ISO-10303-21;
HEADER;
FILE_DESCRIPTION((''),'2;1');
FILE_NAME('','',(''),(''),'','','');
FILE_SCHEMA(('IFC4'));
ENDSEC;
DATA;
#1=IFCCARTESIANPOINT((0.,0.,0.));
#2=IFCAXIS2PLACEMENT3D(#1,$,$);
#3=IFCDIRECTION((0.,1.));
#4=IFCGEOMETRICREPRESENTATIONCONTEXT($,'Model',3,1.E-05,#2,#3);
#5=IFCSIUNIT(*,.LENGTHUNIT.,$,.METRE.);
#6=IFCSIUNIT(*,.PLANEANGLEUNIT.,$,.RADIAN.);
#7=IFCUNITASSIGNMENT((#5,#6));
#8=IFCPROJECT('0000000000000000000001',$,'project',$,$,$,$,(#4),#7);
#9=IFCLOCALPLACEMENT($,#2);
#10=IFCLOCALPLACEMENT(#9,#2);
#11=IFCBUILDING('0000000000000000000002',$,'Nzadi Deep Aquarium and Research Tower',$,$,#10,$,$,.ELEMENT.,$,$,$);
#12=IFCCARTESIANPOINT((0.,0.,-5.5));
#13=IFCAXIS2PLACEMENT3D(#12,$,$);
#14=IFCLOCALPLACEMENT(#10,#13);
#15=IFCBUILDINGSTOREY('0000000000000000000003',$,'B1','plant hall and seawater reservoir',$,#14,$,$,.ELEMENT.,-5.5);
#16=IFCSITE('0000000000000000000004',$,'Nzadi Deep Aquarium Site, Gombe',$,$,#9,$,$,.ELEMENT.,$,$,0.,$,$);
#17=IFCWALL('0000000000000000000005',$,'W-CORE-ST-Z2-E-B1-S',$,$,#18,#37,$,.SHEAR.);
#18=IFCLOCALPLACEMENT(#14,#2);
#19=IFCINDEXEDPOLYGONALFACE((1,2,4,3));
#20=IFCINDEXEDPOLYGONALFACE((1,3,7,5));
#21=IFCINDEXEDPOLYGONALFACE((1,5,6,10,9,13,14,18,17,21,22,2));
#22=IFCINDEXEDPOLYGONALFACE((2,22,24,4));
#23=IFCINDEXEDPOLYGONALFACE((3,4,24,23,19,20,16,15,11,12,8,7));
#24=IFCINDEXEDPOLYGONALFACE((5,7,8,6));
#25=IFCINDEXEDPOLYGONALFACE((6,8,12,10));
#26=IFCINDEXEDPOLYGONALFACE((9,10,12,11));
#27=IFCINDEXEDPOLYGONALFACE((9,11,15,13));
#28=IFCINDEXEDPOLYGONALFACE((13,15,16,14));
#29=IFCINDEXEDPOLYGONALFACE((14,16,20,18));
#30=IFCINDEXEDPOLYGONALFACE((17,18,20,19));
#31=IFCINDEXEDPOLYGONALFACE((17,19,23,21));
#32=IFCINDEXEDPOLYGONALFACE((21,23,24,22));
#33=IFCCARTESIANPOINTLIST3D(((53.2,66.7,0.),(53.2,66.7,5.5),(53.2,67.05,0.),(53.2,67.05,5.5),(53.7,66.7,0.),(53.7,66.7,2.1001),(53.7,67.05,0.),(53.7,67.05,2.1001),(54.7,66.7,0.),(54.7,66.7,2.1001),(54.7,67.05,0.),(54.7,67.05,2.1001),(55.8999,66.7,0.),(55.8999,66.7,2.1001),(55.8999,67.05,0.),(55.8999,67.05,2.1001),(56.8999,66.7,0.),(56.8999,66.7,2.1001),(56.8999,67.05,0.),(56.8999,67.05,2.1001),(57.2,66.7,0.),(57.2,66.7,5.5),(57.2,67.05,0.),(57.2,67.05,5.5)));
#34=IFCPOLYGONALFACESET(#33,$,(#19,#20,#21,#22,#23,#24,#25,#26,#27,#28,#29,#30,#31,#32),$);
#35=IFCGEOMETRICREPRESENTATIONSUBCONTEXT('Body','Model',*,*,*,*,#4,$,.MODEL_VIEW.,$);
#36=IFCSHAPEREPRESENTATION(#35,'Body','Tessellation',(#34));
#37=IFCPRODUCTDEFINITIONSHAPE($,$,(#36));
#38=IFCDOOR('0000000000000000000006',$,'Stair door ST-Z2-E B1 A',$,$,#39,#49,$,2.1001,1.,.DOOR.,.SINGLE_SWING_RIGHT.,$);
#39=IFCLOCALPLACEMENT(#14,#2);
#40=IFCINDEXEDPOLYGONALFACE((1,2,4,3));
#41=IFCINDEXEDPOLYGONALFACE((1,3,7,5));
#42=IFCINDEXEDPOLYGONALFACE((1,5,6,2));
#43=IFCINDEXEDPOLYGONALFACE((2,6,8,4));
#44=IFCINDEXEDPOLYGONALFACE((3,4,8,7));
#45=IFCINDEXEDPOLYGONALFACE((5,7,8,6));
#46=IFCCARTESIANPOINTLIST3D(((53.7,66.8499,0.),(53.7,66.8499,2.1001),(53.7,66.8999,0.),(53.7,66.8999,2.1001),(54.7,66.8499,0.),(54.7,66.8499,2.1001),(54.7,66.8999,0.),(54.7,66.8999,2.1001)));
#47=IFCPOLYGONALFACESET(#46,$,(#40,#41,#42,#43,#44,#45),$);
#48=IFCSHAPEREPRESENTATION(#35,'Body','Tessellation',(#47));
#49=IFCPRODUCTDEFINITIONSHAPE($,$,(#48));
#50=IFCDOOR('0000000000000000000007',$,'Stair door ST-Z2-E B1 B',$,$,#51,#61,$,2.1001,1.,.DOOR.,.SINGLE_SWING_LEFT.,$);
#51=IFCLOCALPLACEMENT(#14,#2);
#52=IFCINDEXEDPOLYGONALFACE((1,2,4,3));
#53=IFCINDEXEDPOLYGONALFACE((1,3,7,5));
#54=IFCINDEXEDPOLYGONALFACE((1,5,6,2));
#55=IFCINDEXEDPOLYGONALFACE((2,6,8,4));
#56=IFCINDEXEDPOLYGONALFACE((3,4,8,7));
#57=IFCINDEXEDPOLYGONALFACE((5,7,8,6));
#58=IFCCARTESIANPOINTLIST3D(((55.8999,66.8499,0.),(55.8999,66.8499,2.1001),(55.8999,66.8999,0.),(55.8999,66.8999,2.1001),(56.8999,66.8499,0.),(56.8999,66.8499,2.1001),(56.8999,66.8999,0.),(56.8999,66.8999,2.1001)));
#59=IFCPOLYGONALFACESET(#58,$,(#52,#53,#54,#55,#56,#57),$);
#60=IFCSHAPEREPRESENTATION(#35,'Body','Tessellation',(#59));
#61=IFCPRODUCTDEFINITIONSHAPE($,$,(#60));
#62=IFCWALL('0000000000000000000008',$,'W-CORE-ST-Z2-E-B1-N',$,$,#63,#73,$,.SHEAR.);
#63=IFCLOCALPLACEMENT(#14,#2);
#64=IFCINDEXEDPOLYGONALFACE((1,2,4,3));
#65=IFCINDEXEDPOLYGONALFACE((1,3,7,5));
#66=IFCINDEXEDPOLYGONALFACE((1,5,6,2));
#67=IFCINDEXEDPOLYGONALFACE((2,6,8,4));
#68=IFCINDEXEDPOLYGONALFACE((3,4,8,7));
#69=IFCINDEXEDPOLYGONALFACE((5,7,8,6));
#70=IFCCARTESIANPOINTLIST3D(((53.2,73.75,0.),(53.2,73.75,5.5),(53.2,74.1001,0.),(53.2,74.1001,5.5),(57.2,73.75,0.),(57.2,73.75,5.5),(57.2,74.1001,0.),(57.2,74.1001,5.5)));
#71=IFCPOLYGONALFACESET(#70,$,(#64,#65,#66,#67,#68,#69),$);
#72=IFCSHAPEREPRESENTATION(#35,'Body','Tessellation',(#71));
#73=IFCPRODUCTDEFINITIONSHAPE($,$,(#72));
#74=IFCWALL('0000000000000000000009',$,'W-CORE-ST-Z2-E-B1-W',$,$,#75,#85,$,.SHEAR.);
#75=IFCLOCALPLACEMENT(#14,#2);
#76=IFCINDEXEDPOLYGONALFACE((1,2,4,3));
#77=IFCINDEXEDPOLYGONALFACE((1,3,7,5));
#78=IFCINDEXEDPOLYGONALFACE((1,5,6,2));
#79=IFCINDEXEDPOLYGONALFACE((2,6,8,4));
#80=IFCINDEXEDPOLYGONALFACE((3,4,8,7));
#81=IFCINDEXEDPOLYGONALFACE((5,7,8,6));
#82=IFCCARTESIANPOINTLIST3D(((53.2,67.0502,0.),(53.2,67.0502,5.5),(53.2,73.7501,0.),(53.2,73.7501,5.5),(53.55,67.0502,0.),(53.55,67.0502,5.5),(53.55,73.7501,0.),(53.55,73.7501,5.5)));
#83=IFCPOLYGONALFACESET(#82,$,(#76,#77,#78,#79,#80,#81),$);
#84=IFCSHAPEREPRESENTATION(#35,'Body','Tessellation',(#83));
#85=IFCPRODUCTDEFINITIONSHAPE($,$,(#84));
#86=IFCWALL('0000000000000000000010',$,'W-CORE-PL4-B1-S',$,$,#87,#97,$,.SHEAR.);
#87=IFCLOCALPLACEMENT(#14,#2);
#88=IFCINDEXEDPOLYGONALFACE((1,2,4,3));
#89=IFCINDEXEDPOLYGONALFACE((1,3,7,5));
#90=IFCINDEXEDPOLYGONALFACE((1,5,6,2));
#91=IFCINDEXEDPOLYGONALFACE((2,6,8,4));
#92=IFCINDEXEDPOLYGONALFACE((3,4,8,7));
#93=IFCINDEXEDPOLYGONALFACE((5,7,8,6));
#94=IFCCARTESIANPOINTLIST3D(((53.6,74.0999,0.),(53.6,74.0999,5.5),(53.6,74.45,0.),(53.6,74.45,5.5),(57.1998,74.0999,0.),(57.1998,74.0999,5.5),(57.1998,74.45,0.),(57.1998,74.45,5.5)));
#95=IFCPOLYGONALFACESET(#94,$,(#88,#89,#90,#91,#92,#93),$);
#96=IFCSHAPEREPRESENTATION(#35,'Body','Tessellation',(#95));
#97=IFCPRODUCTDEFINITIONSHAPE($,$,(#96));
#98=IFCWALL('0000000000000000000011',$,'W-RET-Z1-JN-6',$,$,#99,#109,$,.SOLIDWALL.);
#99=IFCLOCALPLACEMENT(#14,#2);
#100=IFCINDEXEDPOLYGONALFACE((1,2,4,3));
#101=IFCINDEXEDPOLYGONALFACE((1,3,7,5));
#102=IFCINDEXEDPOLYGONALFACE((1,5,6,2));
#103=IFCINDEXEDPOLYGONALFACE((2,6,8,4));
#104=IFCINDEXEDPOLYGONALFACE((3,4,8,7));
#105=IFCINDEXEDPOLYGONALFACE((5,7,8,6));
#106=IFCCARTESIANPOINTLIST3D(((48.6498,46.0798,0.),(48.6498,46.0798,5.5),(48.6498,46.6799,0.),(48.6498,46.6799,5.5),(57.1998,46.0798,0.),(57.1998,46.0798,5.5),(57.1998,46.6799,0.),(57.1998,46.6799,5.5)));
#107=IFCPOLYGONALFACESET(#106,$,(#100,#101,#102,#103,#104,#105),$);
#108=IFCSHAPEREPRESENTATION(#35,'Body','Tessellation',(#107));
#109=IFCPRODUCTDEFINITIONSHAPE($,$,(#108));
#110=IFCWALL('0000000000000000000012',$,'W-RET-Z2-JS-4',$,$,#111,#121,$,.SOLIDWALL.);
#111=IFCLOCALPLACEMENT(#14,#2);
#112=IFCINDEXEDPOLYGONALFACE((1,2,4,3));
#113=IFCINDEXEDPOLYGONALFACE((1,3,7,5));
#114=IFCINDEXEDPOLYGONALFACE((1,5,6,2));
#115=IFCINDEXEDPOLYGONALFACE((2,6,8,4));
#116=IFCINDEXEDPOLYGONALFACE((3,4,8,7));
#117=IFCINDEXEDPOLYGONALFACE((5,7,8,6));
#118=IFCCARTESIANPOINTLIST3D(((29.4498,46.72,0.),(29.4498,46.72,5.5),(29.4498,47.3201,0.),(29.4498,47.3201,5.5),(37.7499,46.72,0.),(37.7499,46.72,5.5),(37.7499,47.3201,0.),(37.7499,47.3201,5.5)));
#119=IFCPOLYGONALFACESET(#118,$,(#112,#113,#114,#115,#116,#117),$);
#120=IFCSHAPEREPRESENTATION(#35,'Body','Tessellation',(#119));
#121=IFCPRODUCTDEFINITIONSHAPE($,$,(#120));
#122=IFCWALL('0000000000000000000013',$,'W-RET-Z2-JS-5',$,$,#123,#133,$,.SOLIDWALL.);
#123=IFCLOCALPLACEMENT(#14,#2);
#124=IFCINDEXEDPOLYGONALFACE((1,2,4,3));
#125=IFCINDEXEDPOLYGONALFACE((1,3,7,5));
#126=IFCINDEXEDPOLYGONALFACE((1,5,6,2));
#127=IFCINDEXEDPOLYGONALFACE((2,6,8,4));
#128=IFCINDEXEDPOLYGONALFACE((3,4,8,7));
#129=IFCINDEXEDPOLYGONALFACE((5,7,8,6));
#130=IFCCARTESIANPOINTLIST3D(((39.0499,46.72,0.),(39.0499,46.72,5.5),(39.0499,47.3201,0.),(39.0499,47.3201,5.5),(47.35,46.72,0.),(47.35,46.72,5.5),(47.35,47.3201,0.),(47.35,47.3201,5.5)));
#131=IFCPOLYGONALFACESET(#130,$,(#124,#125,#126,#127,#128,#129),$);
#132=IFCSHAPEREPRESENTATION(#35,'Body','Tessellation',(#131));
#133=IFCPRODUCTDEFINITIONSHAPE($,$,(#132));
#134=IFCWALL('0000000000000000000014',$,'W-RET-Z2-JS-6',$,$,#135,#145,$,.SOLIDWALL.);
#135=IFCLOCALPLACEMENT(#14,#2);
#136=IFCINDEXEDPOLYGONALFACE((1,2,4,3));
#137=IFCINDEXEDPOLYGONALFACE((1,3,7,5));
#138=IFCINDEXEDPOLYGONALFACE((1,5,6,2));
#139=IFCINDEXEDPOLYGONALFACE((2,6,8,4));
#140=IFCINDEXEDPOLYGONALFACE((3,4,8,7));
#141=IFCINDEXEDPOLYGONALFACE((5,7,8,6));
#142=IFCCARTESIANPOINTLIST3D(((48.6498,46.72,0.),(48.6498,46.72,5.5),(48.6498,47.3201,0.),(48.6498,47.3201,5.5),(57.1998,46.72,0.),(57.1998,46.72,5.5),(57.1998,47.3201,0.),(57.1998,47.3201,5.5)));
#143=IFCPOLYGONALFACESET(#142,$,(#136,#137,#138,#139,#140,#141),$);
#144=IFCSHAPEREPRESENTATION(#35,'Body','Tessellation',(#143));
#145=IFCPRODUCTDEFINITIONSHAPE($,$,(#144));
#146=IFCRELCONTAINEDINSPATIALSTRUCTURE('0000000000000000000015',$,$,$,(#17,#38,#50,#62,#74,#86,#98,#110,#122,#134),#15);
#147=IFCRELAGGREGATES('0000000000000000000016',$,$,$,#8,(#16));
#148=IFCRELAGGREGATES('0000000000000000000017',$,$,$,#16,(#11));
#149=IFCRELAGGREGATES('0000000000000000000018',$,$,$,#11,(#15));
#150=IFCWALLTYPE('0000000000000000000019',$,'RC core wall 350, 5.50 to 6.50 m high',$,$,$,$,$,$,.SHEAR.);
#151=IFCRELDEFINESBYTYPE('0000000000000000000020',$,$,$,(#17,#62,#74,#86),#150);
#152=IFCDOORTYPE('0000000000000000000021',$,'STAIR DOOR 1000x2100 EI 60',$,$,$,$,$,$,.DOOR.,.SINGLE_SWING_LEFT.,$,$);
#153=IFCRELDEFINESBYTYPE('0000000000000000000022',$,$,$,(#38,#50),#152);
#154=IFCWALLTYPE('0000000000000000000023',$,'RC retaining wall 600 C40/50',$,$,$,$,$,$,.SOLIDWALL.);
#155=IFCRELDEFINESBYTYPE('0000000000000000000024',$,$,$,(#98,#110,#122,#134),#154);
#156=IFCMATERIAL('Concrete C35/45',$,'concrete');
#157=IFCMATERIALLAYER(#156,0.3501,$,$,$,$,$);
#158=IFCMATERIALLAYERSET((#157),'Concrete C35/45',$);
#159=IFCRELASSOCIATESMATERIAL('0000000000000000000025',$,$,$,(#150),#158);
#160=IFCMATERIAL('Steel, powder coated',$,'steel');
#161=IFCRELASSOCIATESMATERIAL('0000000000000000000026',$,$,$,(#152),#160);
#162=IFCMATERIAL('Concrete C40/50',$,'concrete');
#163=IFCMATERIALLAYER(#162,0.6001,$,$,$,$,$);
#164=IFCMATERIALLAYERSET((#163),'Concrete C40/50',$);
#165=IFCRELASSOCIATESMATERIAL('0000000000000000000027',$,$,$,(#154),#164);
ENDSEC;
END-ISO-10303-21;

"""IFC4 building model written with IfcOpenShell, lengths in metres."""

from ifc_helpers import new_model, si_unit, direction, frame, frame_2d, origin, place, context, subcontext, project, spatial, rectangle, extrude, material, layer, layer_set, type_object, element, fill, save


model = new_model("IFC4")

# Units and contexts
model_context = context("Model", 3, precision=1e-05, world=origin(), true_north=direction((0.0, 1.0)))
body_context = subcontext(model_context, "Body", "Model", "MODEL_VIEW")
ifc_project = project(units=[si_unit("LENGTHUNIT", "METRE"), si_unit("PLANEANGLEUNIT", "RADIAN")], contexts=[model_context])

# Site, building, storey
site_placement = place(None, origin())
site = spatial("IfcSite", under=ifc_project, at=site_placement, Name="Nzadi Deep Aquarium Site, Gombe", CompositionType="ELEMENT", RefElevation=0.0)
building_placement = place(site_placement, origin())
building = spatial("IfcBuilding", under=site, at=building_placement, Name="Nzadi Deep Aquarium and Research Tower", CompositionType="ELEMENT")
storey_placement = place(building_placement, frame((0.0, 0.0, -5.5)))
storey = spatial("IfcBuildingStorey", under=building, at=storey_placement, Name="B1", Description="plant hall and seawater reservoir", CompositionType="ELEMENT", Elevation=-5.5)

# Wall, openings, doors
ifc_material_1 = material(Name="Concrete C35/45", Category="concrete")
ifc_layer_1 = layer(ifc_material_1, 0.3501)
ifc_layer_set_1 = layer_set([ifc_layer_1], Name="Concrete C35/45")
wall_type_1 = type_object("IfcWallType", Name="RC core wall 350, 5.50 to 6.50 m high", PredefinedType="SHEAR", material=ifc_layer_set_1)
wall_1_placement = place(storey_placement, frame((53.2, 66.875, 0.0), z_axis=(0.0, 0.0, 1.0), x_axis=(1.0, 0.0, 0.0)))
wall_1 = element("IfcWall", 1, at=wall_1_placement, inside=storey, type_object=wall_type_1, Name="W-CORE-ST-Z2-E-B1-S", PredefinedType="SHEAR", context=body_context, shape_type="SweptSolid", body=[
    extrude(rectangle(XDim=4.0, YDim=0.3501, at=frame_2d((2.0, 0.0))), origin(), (0.0, 0.0, 1.0), 5.5),
])
opening_1_placement = place(wall_1_placement, frame((0.5, 0.0, 0.0)))
opening_1 = element("IfcOpeningElement", 2, at=opening_1_placement, cuts=wall_1, PredefinedType="OPENING", context=body_context, shape_type="SweptSolid", body=[
    extrude(rectangle(XDim=1.0, YDim=2.1001, at=frame_2d((0.5, 1.05))), frame((0.0, 0.1851, 0.0), z_axis=(0.0, -1.0, 0.0), x_axis=(1.0, 0.0, 0.0)), (0.0, 0.0, 1.0), 0.3701),
])
opening_2_placement = place(wall_1_placement, frame((2.7, 0.0, 0.0)))
opening_2 = element("IfcOpeningElement", 3, at=opening_2_placement, cuts=wall_1, PredefinedType="OPENING", context=body_context, shape_type="SweptSolid", body=[
    extrude(rectangle(XDim=1.0, YDim=2.1001, at=frame_2d((0.5, 1.05))), frame((0.0, 0.1851, 0.0), z_axis=(0.0, -1.0, 0.0), x_axis=(1.0, 0.0, 0.0)), (0.0, 0.0, 1.0), 0.3701),
])
ifc_material_2 = material(Name="Steel, powder coated", Category="steel")
door_type = type_object("IfcDoorType", Name="STAIR DOOR 1000x2100 EI 60", OperationType="SINGLE_SWING_LEFT", PredefinedType="DOOR", material=ifc_material_2)
door_1_placement = place(opening_1_placement, origin())
door_1 = element("IfcDoor", 4, at=door_1_placement, inside=storey, type_object=door_type, Name="Stair door ST-Z2-E B1 A", OperationType="SINGLE_SWING_RIGHT", OverallHeight=2.1001, OverallWidth=1.0, PredefinedType="DOOR", context=body_context, shape_type="SweptSolid", body=[
    extrude(rectangle(XDim=1.0, YDim=2.1001, at=frame_2d((0.5, 1.05))), frame((0.0, 0.0249, 0.0), z_axis=(0.0, -1.0, 0.0), x_axis=(1.0, 0.0, 0.0)), (0.0, 0.0, 1.0), 0.05),
])
fill(opening_1, door_1)
door_2_placement = place(opening_2_placement, origin())
door_2 = element("IfcDoor", 5, at=door_2_placement, inside=storey, type_object=door_type, Name="Stair door ST-Z2-E B1 B", OperationType="SINGLE_SWING_LEFT", OverallHeight=2.1001, OverallWidth=1.0, PredefinedType="DOOR", context=body_context, shape_type="SweptSolid", body=[
    extrude(rectangle(XDim=1.0, YDim=2.1001, at=frame_2d((0.5, 1.05))), frame((0.0, 0.0249, 0.0), z_axis=(0.0, -1.0, 0.0), x_axis=(1.0, 0.0, 0.0)), (0.0, 0.0, 1.0), 0.05),
])
fill(opening_2, door_2)

# Walls
wall_2_placement = place(storey_placement, frame((53.2, 73.925, 0.0), z_axis=(0.0, 0.0, 1.0), x_axis=(1.0, 0.0, 0.0)))
element("IfcWall", 6, at=wall_2_placement, inside=storey, type_object=wall_type_1, Name="W-CORE-ST-Z2-E-B1-N", PredefinedType="SHEAR", context=body_context, shape_type="SweptSolid", body=[
    extrude(rectangle(XDim=4.0, YDim=0.3501, at=frame_2d((2.0, 0.0))), origin(), (0.0, 0.0, 1.0), 5.5),
])
wall_3_placement = place(storey_placement, frame((53.375, 67.05, 0.0), z_axis=(0.0, 0.0, 1.0), x_axis=(0.0, 1.0, 0.0)))
element("IfcWall", 7, at=wall_3_placement, inside=storey, type_object=wall_type_1, Name="W-CORE-ST-Z2-E-B1-W", PredefinedType="SHEAR", context=body_context, shape_type="SweptSolid", body=[
    extrude(rectangle(XDim=6.7, YDim=0.3501, at=frame_2d((3.3501, 0.0))), origin(), (0.0, 0.0, 1.0), 5.5),
])
wall_4_placement = place(storey_placement, frame((53.6001, 74.2749, 0.0), z_axis=(0.0, 0.0, 1.0), x_axis=(1.0, 0.0, 0.0)))
element("IfcWall", 8, at=wall_4_placement, inside=storey, type_object=wall_type_1, Name="W-CORE-PL4-B1-S", PredefinedType="SHEAR", context=body_context, shape_type="SweptSolid", body=[
    extrude(rectangle(XDim=3.5999, YDim=0.3501, at=frame_2d((1.7998, 0.0))), origin(), (0.0, 0.0, 1.0), 5.5),
])
ifc_material_3 = material(Name="Concrete C40/50", Category="concrete")
ifc_layer_2 = layer(ifc_material_3, 0.6001)
ifc_layer_set_2 = layer_set([ifc_layer_2], Name="Concrete C40/50")
wall_type_2 = type_object("IfcWallType", Name="RC retaining wall 600 C40/50", PredefinedType="SOLIDWALL", material=ifc_layer_set_2)
wall_5_placement = place(storey_placement, frame((48.6499, 46.3799, 0.0), z_axis=(0.0, 0.0, 1.0), x_axis=(1.0, 0.0, 0.0)))
element("IfcWall", 9, at=wall_5_placement, inside=storey, type_object=wall_type_2, Name="W-RET-Z1-JN-6", PredefinedType="SOLIDWALL", context=body_context, shape_type="SweptSolid", body=[
    extrude(rectangle(XDim=8.55, YDim=0.6001, at=frame_2d((4.2749, 0.0))), origin(), (0.0, 0.0, 1.0), 5.5),
])
for number, where, z_axis, x_axis, name in (
    (10, (29.45, 47.02, 0.0), (0.0, 0.0, 1.0), (1.0, 0.0, 0.0), "W-RET-Z2-JS-4"),
    (11, (39.05, 47.02, 0.0), (0.0, 0.0, 1.0), (1.0, 0.0, 0.0), "W-RET-Z2-JS-5"),
):
    element("IfcWall", number, at=place(storey_placement, frame(where, z_axis=z_axis, x_axis=x_axis)), inside=storey, type_object=wall_type_2, Name=name, PredefinedType="SOLIDWALL", context=body_context, shape_type="SweptSolid", body=[
        extrude(rectangle(XDim=8.3, YDim=0.6001, at=frame_2d((4.1499, 0.0))), origin(), (0.0, 0.0, 1.0), 5.5),
    ])
wall_6_placement = place(storey_placement, frame((48.6499, 47.02, 0.0), z_axis=(0.0, 0.0, 1.0), x_axis=(1.0, 0.0, 0.0)))
element("IfcWall", 12, at=wall_6_placement, inside=storey, type_object=wall_type_2, Name="W-RET-Z2-JS-6", PredefinedType="SOLIDWALL", context=body_context, shape_type="SweptSolid", body=[
    extrude(rectangle(XDim=8.55, YDim=0.6001, at=frame_2d((4.2749, 0.0))), origin(), (0.0, 0.0, 1.0), 5.5),
])

save(model, "model.ifc")
